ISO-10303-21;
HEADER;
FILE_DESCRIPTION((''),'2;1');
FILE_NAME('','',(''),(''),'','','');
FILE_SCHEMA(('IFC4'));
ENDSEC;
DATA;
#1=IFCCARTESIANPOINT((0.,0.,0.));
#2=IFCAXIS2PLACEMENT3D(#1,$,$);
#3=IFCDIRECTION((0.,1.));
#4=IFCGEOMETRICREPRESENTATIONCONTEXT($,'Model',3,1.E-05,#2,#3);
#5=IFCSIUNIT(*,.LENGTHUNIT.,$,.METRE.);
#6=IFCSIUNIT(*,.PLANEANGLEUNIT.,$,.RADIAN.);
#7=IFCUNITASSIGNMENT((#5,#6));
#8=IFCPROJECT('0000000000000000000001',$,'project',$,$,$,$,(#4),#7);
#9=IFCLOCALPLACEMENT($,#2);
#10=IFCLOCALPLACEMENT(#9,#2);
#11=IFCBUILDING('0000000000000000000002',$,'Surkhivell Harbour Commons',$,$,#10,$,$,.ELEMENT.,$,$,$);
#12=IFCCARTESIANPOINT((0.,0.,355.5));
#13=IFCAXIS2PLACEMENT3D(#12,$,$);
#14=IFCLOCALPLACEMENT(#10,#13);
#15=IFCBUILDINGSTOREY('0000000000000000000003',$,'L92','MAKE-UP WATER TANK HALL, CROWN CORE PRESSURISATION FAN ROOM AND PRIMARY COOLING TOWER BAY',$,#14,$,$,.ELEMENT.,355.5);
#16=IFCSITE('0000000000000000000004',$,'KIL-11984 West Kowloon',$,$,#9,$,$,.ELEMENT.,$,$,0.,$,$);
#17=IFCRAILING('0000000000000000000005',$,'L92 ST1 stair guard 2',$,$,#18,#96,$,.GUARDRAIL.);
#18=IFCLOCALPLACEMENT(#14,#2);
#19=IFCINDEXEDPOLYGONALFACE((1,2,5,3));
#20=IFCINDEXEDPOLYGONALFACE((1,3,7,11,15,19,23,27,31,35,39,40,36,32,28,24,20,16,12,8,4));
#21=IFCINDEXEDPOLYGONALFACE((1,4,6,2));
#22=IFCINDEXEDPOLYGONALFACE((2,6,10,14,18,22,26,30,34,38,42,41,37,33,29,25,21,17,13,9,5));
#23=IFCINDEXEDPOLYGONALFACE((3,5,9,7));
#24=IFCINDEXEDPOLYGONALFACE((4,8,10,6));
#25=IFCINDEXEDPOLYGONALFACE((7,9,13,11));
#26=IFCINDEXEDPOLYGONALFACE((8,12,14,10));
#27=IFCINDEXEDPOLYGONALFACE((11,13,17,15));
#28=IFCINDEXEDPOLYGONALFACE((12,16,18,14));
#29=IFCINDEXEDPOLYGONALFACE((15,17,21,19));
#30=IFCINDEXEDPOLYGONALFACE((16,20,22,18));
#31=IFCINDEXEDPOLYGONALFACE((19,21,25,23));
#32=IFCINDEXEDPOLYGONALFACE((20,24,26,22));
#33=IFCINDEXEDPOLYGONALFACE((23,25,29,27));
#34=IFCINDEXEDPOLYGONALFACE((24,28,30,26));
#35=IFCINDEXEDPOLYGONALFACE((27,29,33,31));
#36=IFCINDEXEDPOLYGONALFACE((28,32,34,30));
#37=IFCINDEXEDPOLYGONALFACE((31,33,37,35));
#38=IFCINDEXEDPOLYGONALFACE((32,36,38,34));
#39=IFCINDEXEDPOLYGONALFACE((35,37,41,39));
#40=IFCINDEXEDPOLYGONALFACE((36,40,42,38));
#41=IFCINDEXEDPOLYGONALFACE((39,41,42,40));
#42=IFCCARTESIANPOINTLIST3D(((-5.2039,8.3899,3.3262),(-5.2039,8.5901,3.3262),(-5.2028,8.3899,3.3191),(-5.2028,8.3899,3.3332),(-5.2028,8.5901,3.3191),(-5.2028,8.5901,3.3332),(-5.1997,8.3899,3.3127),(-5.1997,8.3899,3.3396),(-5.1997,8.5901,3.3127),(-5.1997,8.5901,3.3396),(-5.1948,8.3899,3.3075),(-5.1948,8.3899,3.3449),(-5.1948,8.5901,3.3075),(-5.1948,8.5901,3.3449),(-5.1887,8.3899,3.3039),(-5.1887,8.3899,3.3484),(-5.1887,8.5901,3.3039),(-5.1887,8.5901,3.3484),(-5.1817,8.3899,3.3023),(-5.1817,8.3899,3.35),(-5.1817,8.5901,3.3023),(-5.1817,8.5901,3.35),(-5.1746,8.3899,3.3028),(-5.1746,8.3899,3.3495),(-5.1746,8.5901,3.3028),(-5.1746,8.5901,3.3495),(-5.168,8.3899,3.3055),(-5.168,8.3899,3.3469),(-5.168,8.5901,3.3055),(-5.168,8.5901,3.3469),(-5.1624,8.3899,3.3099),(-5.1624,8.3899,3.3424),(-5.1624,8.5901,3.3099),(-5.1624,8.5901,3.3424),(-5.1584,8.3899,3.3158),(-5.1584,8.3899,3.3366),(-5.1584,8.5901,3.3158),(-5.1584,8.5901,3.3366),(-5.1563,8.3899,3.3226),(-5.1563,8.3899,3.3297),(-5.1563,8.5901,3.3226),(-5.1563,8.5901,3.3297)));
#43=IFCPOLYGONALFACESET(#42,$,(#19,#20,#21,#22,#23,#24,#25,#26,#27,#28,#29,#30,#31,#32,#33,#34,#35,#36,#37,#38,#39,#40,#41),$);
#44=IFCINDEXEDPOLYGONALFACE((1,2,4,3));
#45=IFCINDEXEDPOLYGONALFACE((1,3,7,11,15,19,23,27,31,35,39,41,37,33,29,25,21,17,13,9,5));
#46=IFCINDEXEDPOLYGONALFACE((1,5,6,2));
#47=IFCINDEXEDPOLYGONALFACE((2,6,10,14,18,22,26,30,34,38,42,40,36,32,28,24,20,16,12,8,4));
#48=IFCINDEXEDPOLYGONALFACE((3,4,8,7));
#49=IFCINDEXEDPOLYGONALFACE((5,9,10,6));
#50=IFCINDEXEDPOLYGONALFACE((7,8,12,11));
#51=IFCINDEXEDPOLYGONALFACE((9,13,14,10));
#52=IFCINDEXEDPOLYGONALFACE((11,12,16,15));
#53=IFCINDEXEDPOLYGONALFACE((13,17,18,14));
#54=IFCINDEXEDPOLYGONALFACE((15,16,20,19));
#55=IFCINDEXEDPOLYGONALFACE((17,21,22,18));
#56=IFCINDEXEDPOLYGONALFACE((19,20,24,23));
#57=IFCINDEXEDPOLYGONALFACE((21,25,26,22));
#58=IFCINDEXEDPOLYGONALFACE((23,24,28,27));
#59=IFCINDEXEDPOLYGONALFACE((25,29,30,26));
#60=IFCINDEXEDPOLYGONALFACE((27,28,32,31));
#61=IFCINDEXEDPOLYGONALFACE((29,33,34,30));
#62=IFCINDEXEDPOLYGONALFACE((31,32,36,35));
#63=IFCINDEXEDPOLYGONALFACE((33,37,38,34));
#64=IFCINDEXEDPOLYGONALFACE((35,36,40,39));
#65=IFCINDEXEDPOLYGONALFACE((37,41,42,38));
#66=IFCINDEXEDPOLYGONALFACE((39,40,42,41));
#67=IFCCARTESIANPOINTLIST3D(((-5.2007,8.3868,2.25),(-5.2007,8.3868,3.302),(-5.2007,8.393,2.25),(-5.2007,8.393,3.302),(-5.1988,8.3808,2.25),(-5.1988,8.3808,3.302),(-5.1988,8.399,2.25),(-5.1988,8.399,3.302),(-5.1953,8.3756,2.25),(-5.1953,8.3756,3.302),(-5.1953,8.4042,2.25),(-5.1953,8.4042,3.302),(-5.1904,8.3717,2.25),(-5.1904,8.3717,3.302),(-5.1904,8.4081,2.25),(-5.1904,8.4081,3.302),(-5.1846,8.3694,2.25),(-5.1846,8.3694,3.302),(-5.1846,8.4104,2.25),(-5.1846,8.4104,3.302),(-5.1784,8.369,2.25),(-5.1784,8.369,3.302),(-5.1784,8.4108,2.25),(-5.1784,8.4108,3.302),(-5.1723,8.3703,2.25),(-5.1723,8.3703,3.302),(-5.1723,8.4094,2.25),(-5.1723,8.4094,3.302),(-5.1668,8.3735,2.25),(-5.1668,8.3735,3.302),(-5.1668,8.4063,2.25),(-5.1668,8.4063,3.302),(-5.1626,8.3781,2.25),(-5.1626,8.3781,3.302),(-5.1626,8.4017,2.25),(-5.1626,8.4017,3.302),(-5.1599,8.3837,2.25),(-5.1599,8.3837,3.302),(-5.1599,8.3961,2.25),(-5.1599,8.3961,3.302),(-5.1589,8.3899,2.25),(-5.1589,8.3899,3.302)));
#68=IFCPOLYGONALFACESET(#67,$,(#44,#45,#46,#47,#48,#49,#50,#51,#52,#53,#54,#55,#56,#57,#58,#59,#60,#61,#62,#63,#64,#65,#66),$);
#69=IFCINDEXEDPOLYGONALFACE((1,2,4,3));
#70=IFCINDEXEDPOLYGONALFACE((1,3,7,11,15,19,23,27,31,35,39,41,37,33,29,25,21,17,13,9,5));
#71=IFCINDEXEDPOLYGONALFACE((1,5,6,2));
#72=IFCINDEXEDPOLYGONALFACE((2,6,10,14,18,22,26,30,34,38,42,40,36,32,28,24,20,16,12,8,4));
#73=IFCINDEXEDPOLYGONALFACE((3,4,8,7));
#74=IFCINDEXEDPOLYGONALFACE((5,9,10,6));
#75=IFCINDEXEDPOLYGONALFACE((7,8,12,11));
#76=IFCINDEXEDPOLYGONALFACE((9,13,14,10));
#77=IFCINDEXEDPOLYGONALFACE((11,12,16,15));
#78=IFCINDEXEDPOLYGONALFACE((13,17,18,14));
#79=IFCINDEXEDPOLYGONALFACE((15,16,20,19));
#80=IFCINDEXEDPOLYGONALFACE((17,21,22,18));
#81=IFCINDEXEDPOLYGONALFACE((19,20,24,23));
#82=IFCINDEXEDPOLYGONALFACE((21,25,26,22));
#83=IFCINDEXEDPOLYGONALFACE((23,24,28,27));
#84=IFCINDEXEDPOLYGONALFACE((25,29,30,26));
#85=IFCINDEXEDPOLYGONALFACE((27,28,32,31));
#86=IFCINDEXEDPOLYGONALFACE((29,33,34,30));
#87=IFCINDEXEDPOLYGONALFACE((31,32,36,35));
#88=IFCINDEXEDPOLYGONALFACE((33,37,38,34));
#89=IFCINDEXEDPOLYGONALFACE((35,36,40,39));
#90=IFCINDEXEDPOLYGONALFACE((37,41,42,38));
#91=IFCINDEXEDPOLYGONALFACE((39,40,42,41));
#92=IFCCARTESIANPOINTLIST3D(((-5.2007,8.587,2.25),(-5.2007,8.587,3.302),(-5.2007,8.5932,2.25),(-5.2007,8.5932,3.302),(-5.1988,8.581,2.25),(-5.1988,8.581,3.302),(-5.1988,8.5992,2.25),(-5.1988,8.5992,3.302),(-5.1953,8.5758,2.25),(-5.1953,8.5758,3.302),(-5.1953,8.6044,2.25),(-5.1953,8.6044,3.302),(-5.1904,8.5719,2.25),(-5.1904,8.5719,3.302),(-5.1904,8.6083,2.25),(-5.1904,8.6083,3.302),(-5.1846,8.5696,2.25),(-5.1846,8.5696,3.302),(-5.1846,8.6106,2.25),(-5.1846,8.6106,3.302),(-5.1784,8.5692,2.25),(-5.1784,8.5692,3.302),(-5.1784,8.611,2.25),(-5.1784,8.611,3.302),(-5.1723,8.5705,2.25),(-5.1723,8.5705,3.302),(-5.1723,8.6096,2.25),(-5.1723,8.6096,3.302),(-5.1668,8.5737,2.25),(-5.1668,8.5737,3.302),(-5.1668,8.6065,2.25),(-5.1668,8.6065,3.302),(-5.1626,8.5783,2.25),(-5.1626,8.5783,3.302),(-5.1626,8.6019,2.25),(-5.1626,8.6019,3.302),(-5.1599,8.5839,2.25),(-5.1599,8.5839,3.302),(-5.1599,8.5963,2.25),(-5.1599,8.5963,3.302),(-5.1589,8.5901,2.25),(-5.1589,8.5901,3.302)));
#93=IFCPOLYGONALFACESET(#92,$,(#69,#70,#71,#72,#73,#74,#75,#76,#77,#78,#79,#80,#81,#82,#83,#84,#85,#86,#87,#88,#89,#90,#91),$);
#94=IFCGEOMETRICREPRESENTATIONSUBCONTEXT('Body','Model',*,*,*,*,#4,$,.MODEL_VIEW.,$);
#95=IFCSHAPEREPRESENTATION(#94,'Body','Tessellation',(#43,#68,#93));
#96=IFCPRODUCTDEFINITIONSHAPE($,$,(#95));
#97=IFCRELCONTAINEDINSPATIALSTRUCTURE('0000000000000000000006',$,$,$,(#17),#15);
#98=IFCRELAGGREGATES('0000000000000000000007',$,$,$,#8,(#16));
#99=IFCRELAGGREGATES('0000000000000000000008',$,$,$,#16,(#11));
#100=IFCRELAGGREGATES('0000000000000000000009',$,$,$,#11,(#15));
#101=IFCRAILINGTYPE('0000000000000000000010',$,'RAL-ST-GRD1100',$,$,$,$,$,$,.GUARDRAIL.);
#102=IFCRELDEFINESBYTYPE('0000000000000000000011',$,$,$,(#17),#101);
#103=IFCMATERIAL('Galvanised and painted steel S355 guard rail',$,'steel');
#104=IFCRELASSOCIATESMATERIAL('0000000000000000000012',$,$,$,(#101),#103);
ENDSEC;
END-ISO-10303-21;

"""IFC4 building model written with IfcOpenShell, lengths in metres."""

from ifc_helpers import new_model, si_unit, direction, frame, origin, origin_2d, place, context, subcontext, project, spatial, circle, extrude, material, type_object, element, save


model = new_model("IFC4")

# Units and contexts
model_context = context("Model", 3, precision=1e-05, world=origin(), true_north=direction((0.0, 1.0)))
body_context = subcontext(model_context, "Body", "Model", "MODEL_VIEW")
ifc_project = project(units=[si_unit("LENGTHUNIT", "METRE"), si_unit("PLANEANGLEUNIT", "RADIAN")], contexts=[model_context])

# Site, building, storey
site_placement = place(None, origin())
site = spatial("IfcSite", under=ifc_project, at=site_placement, Name="KIL-11984 West Kowloon", CompositionType="ELEMENT", RefElevation=0.0)
building_placement = place(site_placement, origin())
building = spatial("IfcBuilding", under=site, at=building_placement, Name="Surkhivell Harbour Commons", CompositionType="ELEMENT")
storey_placement = place(building_placement, frame((0.0, 0.0, 355.5)))
storey = spatial("IfcBuildingStorey", under=building, at=storey_placement, Name="L92", Description="MAKE-UP WATER TANK HALL, CROWN CORE PRESSURISATION FAN ROOM AND PRIMARY COOLING TOWER BAY", CompositionType="ELEMENT", Elevation=355.5)

# Railing
ifc_material_1 = material(Name="Galvanised and painted steel S355 guard rail", Category="steel")
railing_type_1 = type_object("IfcRailingType", Name="RAL-ST-GRD1100", PredefinedType="GUARDRAIL", material=ifc_material_1)
railing_1_placement = place(storey_placement, frame((-5.1799, 8.3899, 2.25)))
element("IfcRailing", 1, at=railing_1_placement, inside=storey, type_object=railing_type_1, Name="L92 ST1 stair guard 2", PredefinedType="GUARDRAIL", context=body_context, shape_type="SweptSolid", body=[
    extrude(circle(Radius=0.0239, at=origin_2d()), frame((0.0, 0.0, 1.0762), z_axis=(0.0, 1.0, 0.0), x_axis=(-1.0, 0.0, 0.0)), (0.0, 0.0, 1.0), 0.2002),
    extrude(circle(Radius=0.021, at=origin_2d()), origin(), (0.0, 0.0, 1.0), 1.052),
    extrude(circle(Radius=0.021, at=origin_2d()), frame((0.0, 0.2002, 0.0)), (0.0, 0.0, 1.0), 1.052),
])

save(model, "model.ifc")
